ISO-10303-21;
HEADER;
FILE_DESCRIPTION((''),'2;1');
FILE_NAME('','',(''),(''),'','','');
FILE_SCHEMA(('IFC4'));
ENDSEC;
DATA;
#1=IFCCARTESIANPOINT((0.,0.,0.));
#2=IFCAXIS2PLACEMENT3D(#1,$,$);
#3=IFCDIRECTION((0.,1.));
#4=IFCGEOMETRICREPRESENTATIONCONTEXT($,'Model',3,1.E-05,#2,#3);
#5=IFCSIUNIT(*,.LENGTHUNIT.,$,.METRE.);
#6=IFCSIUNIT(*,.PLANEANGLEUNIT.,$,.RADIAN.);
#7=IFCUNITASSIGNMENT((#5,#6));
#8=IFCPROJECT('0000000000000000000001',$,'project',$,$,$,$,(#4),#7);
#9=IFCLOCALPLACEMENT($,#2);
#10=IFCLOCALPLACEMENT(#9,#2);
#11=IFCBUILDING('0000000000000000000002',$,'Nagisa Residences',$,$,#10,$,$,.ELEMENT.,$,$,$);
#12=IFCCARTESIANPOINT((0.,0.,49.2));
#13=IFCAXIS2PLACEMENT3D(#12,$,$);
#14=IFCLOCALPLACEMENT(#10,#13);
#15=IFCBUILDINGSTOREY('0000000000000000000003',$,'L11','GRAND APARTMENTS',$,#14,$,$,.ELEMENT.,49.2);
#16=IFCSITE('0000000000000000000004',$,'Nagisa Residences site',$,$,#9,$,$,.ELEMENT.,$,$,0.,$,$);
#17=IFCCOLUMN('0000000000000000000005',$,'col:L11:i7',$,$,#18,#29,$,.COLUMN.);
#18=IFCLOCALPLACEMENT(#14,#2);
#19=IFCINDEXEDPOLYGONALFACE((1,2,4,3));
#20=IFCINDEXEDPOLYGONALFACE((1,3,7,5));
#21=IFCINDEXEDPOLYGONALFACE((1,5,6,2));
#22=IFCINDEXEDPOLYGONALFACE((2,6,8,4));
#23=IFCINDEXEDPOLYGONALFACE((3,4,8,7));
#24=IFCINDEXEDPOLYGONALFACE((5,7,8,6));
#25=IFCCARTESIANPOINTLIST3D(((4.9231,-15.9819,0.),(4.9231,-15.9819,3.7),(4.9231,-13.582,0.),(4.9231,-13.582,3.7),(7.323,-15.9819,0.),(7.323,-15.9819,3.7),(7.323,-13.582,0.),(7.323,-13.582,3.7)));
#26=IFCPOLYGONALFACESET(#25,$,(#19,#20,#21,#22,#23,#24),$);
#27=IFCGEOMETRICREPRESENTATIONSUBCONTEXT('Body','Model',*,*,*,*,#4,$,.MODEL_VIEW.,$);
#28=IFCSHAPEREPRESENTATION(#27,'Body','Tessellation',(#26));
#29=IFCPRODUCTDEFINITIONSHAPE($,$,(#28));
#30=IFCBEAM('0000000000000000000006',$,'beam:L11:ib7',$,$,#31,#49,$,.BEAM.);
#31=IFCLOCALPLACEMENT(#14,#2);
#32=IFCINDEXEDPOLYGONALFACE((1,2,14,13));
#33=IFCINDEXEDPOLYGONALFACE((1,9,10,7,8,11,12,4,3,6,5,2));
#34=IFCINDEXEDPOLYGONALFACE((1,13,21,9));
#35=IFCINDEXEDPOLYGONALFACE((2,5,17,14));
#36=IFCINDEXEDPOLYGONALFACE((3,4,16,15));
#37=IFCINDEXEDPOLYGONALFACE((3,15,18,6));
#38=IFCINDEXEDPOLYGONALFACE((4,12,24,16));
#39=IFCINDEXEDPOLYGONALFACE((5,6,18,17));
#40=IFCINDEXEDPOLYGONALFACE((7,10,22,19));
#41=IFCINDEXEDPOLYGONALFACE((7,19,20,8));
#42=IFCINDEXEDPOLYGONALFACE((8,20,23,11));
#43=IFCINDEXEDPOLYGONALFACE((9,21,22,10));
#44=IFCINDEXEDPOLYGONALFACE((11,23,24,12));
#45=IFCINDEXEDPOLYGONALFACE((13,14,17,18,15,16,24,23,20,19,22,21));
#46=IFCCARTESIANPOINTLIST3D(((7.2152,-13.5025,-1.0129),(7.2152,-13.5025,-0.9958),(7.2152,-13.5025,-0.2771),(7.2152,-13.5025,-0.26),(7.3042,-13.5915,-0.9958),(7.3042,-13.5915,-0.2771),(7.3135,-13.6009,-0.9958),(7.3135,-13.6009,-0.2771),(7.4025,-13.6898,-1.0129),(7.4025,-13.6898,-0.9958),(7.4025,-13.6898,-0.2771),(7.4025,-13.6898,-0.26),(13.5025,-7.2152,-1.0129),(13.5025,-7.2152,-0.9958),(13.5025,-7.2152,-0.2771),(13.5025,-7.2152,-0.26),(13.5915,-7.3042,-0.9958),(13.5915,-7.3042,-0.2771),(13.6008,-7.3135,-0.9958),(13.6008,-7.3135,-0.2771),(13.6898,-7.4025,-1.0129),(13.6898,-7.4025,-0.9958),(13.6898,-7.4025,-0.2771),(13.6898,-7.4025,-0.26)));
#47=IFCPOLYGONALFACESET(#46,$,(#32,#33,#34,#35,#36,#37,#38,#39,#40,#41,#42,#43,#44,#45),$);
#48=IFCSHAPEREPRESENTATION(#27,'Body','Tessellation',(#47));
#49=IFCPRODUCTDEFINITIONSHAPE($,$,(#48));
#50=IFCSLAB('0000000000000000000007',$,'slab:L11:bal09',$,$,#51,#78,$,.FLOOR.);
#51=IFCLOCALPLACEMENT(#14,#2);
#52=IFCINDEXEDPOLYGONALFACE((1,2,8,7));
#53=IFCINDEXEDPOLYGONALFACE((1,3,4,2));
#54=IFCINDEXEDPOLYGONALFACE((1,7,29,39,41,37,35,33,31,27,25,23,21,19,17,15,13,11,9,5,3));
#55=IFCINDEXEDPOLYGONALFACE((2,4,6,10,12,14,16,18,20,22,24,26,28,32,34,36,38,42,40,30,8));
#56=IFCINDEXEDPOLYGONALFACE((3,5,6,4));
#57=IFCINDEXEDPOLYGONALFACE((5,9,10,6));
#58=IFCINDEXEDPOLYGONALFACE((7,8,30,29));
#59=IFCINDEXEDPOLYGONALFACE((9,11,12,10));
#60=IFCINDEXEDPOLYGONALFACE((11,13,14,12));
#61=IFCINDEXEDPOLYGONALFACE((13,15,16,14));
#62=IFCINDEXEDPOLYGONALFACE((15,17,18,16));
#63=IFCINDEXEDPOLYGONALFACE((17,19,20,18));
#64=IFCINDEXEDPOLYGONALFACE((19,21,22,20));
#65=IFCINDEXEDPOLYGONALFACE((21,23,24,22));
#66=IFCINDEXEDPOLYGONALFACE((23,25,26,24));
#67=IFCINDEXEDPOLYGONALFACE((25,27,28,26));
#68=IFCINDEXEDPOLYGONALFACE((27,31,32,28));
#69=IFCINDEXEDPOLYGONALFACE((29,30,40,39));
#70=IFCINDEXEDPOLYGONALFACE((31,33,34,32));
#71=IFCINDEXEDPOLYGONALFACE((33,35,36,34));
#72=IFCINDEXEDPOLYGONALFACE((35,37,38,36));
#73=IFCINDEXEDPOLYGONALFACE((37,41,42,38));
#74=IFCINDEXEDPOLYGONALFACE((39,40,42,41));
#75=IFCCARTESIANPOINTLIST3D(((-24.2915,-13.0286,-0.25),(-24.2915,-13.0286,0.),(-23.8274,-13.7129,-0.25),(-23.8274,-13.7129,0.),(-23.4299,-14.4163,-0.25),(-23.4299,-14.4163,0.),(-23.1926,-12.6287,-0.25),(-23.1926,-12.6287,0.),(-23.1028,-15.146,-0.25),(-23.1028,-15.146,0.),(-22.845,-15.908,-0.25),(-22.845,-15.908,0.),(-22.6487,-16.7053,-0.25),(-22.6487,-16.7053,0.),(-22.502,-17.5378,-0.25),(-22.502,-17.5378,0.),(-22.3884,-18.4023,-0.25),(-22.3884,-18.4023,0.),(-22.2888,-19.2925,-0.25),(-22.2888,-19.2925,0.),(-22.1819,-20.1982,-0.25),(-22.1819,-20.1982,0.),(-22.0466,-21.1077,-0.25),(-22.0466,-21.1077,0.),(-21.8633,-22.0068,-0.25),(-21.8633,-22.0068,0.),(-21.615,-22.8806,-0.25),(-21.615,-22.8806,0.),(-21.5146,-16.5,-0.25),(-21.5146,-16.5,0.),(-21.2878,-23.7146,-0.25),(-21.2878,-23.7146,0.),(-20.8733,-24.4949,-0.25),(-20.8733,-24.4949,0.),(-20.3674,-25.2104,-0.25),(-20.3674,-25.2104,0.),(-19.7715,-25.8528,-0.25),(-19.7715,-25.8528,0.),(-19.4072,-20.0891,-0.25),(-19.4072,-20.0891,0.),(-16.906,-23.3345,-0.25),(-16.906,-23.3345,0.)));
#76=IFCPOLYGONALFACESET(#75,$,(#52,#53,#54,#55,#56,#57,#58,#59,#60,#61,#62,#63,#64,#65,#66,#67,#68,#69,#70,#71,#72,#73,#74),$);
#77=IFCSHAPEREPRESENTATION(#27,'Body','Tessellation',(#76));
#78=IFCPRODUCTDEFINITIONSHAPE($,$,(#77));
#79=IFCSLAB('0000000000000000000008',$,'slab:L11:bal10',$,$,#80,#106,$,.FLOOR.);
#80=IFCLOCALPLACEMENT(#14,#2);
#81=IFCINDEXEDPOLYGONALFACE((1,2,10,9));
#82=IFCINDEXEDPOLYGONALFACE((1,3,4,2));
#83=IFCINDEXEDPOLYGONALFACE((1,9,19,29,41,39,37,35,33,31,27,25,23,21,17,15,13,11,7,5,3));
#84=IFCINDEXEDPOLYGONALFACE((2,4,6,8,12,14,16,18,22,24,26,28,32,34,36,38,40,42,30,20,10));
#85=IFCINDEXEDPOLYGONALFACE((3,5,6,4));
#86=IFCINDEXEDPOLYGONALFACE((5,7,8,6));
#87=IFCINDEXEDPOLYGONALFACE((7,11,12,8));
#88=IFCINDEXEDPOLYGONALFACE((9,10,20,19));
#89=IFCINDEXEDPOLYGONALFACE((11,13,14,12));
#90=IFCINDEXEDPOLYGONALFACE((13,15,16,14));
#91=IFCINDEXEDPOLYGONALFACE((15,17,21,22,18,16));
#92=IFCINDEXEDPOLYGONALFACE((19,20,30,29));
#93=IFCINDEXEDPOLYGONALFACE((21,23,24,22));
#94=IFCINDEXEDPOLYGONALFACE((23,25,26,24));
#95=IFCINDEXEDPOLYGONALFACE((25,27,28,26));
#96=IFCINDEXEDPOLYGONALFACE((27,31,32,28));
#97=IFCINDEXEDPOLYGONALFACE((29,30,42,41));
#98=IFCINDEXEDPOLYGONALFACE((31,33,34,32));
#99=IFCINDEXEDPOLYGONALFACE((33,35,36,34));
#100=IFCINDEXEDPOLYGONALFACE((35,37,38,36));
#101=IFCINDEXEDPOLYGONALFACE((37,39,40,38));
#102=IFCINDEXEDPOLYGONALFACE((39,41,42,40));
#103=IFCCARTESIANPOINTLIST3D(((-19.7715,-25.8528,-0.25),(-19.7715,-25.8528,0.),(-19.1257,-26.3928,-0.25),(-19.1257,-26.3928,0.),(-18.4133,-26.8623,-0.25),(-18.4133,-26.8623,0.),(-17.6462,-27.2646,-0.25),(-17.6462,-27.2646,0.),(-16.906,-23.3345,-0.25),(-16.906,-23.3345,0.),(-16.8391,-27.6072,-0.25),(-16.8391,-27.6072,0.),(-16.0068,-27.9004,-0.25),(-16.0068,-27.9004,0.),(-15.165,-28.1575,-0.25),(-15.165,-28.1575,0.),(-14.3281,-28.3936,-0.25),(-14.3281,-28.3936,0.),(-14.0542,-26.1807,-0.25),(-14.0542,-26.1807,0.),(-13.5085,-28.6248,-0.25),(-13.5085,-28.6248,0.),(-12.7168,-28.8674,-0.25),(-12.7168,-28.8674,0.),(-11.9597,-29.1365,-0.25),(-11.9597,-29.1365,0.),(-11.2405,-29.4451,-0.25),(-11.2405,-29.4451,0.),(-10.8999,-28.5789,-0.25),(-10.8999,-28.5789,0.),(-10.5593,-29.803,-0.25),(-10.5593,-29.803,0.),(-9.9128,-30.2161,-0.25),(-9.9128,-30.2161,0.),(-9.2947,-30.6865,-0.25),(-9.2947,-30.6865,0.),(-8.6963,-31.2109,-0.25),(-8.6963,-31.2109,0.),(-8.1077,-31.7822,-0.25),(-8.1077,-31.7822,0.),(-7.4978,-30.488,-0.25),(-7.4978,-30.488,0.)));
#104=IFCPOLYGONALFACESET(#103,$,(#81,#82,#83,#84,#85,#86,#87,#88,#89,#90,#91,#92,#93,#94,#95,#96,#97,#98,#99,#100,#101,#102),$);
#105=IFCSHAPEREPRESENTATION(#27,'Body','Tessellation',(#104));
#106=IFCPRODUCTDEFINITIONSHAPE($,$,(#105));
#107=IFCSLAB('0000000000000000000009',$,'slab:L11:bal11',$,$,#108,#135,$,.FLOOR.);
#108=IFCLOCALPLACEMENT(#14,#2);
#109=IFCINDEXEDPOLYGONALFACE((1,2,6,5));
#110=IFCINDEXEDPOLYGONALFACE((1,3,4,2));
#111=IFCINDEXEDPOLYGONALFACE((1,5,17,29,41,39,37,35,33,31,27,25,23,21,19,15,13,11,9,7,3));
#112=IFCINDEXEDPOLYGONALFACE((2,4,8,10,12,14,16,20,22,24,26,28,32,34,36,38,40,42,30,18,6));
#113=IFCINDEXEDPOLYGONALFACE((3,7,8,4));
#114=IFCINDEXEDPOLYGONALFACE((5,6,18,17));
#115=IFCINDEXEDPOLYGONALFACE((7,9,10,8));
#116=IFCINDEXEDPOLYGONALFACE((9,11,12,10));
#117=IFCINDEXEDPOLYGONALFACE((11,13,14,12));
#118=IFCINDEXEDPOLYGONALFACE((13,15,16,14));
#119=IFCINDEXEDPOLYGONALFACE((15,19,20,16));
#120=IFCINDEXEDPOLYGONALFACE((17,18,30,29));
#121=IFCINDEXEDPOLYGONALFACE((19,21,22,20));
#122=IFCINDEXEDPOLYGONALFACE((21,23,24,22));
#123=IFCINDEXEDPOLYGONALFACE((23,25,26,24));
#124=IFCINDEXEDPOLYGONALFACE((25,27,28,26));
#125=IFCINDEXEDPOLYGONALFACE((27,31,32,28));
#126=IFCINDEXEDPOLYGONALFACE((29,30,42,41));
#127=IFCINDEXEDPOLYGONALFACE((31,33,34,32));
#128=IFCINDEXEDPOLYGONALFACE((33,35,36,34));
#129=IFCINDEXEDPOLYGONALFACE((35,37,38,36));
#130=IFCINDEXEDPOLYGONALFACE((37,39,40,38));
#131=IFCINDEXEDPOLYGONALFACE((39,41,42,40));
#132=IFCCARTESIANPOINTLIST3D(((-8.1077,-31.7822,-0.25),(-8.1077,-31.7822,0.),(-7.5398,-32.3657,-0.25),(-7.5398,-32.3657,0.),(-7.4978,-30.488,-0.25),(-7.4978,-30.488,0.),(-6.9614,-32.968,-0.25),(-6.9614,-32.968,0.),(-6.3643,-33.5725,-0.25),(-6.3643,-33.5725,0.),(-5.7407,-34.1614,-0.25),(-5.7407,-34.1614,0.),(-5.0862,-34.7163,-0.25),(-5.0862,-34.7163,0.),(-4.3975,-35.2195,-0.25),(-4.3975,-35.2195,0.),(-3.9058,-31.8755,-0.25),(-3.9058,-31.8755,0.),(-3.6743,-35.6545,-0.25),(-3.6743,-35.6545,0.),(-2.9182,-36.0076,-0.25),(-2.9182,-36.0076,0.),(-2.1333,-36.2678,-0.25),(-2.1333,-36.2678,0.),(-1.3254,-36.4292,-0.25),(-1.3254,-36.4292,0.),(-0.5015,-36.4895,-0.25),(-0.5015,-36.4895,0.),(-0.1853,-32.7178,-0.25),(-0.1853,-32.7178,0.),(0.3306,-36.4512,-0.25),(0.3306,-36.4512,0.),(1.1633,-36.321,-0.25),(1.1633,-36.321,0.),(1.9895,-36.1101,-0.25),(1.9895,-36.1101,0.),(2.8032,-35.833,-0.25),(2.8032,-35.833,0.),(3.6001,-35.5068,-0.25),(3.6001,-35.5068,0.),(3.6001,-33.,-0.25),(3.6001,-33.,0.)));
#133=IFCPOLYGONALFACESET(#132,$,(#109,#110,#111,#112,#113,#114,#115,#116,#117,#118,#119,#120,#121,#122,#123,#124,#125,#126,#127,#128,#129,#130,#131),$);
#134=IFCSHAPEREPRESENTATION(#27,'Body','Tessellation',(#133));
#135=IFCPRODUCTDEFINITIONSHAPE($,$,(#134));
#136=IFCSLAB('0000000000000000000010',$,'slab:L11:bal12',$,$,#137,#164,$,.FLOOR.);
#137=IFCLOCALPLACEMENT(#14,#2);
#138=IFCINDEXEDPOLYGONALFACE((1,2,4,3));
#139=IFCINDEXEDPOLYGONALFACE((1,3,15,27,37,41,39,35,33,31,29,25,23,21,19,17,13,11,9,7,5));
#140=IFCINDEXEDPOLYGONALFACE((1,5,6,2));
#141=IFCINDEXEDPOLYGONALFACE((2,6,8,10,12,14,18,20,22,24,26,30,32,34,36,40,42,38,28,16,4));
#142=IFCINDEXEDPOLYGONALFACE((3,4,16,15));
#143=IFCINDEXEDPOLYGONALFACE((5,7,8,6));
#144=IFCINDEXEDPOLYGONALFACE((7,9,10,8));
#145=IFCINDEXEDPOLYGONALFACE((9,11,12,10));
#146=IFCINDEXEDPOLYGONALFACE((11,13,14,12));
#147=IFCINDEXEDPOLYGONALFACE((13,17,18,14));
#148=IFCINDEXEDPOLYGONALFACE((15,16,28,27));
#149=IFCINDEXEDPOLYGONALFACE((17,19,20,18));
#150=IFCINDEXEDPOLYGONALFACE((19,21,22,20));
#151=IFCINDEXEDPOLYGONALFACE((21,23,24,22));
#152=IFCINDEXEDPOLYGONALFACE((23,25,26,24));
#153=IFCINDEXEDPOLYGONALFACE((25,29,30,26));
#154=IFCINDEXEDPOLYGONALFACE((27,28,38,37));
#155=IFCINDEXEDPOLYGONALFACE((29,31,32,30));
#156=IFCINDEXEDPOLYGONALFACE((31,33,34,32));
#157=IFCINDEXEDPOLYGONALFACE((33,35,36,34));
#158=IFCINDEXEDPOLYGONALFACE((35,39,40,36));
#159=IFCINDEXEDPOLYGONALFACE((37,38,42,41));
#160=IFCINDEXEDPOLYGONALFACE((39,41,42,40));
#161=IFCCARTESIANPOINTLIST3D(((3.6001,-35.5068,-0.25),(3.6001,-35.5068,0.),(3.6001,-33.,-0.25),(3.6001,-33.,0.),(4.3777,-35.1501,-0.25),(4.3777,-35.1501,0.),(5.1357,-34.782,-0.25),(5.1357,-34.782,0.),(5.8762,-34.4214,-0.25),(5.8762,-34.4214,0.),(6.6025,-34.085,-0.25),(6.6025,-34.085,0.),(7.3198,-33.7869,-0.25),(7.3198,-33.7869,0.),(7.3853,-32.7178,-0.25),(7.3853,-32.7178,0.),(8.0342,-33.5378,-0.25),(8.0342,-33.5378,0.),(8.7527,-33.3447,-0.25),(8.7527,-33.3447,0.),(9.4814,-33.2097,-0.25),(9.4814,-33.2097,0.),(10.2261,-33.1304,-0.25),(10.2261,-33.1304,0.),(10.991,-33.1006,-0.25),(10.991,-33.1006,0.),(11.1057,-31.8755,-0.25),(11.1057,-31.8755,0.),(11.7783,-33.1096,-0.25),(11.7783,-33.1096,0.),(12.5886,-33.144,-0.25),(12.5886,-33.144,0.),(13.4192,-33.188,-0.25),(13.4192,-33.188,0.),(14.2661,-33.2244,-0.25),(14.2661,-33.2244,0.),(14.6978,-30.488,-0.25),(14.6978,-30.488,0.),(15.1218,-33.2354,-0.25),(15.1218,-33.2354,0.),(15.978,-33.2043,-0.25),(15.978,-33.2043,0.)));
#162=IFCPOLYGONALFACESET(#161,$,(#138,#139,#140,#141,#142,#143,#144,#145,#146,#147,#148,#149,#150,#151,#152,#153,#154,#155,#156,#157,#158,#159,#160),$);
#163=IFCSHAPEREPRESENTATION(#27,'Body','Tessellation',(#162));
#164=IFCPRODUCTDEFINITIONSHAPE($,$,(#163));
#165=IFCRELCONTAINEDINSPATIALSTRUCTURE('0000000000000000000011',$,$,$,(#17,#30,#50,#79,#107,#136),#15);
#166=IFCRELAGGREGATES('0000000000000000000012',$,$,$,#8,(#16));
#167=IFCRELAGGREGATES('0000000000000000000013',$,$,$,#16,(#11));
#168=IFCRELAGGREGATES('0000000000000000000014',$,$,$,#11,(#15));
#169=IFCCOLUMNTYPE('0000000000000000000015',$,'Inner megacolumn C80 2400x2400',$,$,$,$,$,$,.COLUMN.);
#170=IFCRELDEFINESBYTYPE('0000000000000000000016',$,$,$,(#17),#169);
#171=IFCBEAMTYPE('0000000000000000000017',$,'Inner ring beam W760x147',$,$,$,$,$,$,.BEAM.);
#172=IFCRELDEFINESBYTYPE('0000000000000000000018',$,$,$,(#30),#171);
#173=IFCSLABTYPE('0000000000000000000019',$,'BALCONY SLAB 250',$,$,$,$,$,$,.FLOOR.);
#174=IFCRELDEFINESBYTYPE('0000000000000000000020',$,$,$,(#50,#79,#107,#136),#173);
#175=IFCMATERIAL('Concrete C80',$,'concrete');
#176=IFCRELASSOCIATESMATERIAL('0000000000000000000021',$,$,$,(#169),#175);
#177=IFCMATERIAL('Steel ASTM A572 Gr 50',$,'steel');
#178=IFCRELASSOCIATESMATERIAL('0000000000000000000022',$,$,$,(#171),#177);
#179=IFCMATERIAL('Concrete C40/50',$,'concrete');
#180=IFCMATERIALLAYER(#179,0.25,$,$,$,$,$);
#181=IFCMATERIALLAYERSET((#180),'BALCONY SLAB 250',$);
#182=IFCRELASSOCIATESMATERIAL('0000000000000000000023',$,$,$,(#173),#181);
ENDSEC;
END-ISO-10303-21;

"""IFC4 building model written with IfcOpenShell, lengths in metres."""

from ifc_helpers import new_model, si_unit, direction, frame, origin, origin_2d, place, context, subcontext, project, spatial, polyline, rectangle, i_section, outline, extrude, material, layer, layer_set, material_profile, profile_set, type_object, element, save


model = new_model("IFC4")

# Units and contexts
model_context = context("Model", 3, precision=1e-05, world=origin(), true_north=direction((0.0, 1.0)))
body_context = subcontext(model_context, "Body", "Model", "MODEL_VIEW")
ifc_project = project(units=[si_unit("LENGTHUNIT", "METRE"), si_unit("PLANEANGLEUNIT", "RADIAN")], contexts=[model_context])

# Site, building, storey
site_placement = place(None, origin())
site = spatial("IfcSite", under=ifc_project, at=site_placement, Name="Nagisa Residences site", CompositionType="ELEMENT", RefElevation=0.0)
building_placement = place(site_placement, origin())
building = spatial("IfcBuilding", under=site, at=building_placement, Name="Nagisa Residences", CompositionType="ELEMENT")
storey_placement = place(building_placement, frame((0.0, 0.0, 49.2)))
storey = spatial("IfcBuildingStorey", under=building, at=storey_placement, Name="L11", Description="GRAND APARTMENTS", CompositionType="ELEMENT", Elevation=49.2)

# Column
ifc_material_1 = material(Name="Concrete C80", Category="concrete")
ifc_material_profile_1 = material_profile(ifc_material_1, rectangle(XDim=2.3999, YDim=2.3999, at=origin_2d()), Name="C80 2400x2400")
ifc_profile_set_1 = profile_set([ifc_material_profile_1], Name="Concrete C80")
column_type = type_object("IfcColumnType", Name="Inner megacolumn C80 2400x2400", PredefinedType="COLUMN", material=ifc_profile_set_1)
column_placement = place(storey_placement, frame((6.123, -14.782, 0.0), z_axis=(0.0, 0.0, 1.0), x_axis=(1.0, 0.0, 0.0)))
element("IfcColumn", 1, at=column_placement, inside=storey, type_object=column_type, Name="col:L11:i7", PredefinedType="COLUMN", context=body_context, shape_type="SweptSolid", body=[
    extrude(rectangle(XDim=2.3999, YDim=2.3999, at=origin_2d()), origin(), (0.0, 0.0, 1.0), 3.7),
])

# Beam
ifc_material_2 = material(Name="Steel ASTM A572 Gr 50", Category="steel")
ifc_material_profile_2 = material_profile(ifc_material_2, i_section(OverallWidth=0.2649, OverallDepth=0.7529, WebThickness=0.0132, FlangeThickness=0.0171, at=origin_2d()), Name="W760x147")
ifc_profile_set_2 = profile_set([ifc_material_profile_2], Name="Steel ASTM A572 Gr 50")
beam_type = type_object("IfcBeamType", Name="Inner ring beam W760x147", PredefinedType="BEAM", material=ifc_profile_set_2)
beam_placement = place(storey_placement, frame((7.3088, -13.5962, -0.6365), z_axis=(0.707107, 0.707107, 0.0), x_axis=(-0.707107, 0.707107, 0.0)))
element("IfcBeam", 2, at=beam_placement, inside=storey, type_object=beam_type, Name="beam:L11:ib7", PredefinedType="BEAM", context=body_context, shape_type="SweptSolid", body=[
    extrude(i_section(OverallWidth=0.2649, OverallDepth=0.7529, WebThickness=0.0132, FlangeThickness=0.0171, at=origin_2d()), origin(), (0.0, 0.0, 1.0), 8.8916),
])

# Slabs
ifc_material_3 = material(Name="Concrete C40/50", Category="concrete")
ifc_layer_1 = layer(ifc_material_3, 0.25)
ifc_layer_set_1 = layer_set([ifc_layer_1], Name="BALCONY SLAB 250")
slab_type = type_object("IfcSlabType", Name="BALCONY SLAB 250", PredefinedType="FLOOR", material=ifc_layer_set_1)
slab_1_placement = place(storey_placement, frame((0.0, 0.0, -0.25)))
element("IfcSlab", 3, at=slab_1_placement, inside=storey, type_object=slab_type, Name="slab:L11:bal09", PredefinedType="FLOOR", context=body_context, shape_type="SweptSolid", body=[
    extrude(outline(polyline([(-24.2915, -13.0286), (-23.8274, -13.7129), (-23.4299, -14.4163), (-23.1028, -15.146), (-22.845, -15.908), (-22.6487, -16.7053), (-22.502, -17.5378), (-22.3884, -18.4023), (-22.2888, -19.2925), (-22.1819, -20.1982), (-22.0466, -21.1077), (-21.8633, -22.0068), (-21.615, -22.8806), (-21.2878, -23.7146), (-20.8733, -24.4949), (-20.3674, -25.2104), (-19.7715, -25.8528), (-16.906, -23.3345), (-19.4072, -20.0891), (-21.5146, -16.5), (-23.1926, -12.6287), (-24.2915, -13.0286)])), origin(), (0.0, 0.0, 1.0), 0.25),
])
slab_2_placement = place(storey_placement, frame((0.0, 0.0, -0.25)))
element("IfcSlab", 4, at=slab_2_placement, inside=storey, type_object=slab_type, Name="slab:L11:bal10", PredefinedType="FLOOR", context=body_context, shape_type="SweptSolid", body=[
    extrude(outline(polyline([(-19.7715, -25.8528), (-19.1257, -26.3928), (-18.4133, -26.8623), (-17.6462, -27.2646), (-16.8391, -27.6072), (-16.0068, -27.9004), (-15.165, -28.1575), (-14.3281, -28.3936), (-13.5085, -28.6248), (-12.7168, -28.8674), (-11.9597, -29.1365), (-11.2405, -29.4451), (-10.5593, -29.803), (-9.9128, -30.2161), (-9.2947, -30.6865), (-8.6963, -31.2109), (-8.1077, -31.7822), (-7.4978, -30.488), (-10.8999, -28.5789), (-14.0542, -26.1807), (-16.906, -23.3345), (-19.7715, -25.8528)])), origin(), (0.0, 0.0, 1.0), 0.25),
])
slab_3_placement = place(storey_placement, frame((0.0, 0.0, -0.25)))
element("IfcSlab", 5, at=slab_3_placement, inside=storey, type_object=slab_type, Name="slab:L11:bal11", PredefinedType="FLOOR", context=body_context, shape_type="SweptSolid", body=[
    extrude(outline(polyline([(-8.1077, -31.7822), (-7.5398, -32.3657), (-6.9614, -32.968), (-6.3643, -33.5725), (-5.7407, -34.1614), (-5.0862, -34.7163), (-4.3975, -35.2195), (-3.6743, -35.6545), (-2.9182, -36.0076), (-2.1333, -36.2678), (-1.3254, -36.4292), (-0.5015, -36.4895), (0.3306, -36.4512), (1.1633, -36.321), (1.9895, -36.1101), (2.8032, -35.833), (3.6001, -35.5068), (3.6001, -33.0), (-0.1853, -32.7178), (-3.9058, -31.8755), (-7.4978, -30.488), (-8.1077, -31.7822)])), origin(), (0.0, 0.0, 1.0), 0.25),
])
slab_4_placement = place(storey_placement, frame((0.0, 0.0, -0.25)))
element("IfcSlab", 6, at=slab_4_placement, inside=storey, type_object=slab_type, Name="slab:L11:bal12", PredefinedType="FLOOR", context=body_context, shape_type="SweptSolid", body=[
    extrude(outline(polyline([(3.6001, -35.5068), (4.3777, -35.1501), (5.1357, -34.782), (5.8762, -34.4214), (6.6025, -34.085), (7.3198, -33.7869), (8.0342, -33.5378), (8.7527, -33.3447), (9.4814, -33.2097), (10.2261, -33.1304), (10.991, -33.1006), (11.7783, -33.1096), (12.5886, -33.144), (13.4192, -33.188), (14.2661, -33.2244), (15.1218, -33.2354), (15.978, -33.2043), (14.6978, -30.488), (11.1057, -31.8755), (7.3853, -32.7178), (3.6001, -33.0), (3.6001, -35.5068)])), origin(), (0.0, 0.0, 1.0), 0.25),
])

save(model, "model.ifc")
